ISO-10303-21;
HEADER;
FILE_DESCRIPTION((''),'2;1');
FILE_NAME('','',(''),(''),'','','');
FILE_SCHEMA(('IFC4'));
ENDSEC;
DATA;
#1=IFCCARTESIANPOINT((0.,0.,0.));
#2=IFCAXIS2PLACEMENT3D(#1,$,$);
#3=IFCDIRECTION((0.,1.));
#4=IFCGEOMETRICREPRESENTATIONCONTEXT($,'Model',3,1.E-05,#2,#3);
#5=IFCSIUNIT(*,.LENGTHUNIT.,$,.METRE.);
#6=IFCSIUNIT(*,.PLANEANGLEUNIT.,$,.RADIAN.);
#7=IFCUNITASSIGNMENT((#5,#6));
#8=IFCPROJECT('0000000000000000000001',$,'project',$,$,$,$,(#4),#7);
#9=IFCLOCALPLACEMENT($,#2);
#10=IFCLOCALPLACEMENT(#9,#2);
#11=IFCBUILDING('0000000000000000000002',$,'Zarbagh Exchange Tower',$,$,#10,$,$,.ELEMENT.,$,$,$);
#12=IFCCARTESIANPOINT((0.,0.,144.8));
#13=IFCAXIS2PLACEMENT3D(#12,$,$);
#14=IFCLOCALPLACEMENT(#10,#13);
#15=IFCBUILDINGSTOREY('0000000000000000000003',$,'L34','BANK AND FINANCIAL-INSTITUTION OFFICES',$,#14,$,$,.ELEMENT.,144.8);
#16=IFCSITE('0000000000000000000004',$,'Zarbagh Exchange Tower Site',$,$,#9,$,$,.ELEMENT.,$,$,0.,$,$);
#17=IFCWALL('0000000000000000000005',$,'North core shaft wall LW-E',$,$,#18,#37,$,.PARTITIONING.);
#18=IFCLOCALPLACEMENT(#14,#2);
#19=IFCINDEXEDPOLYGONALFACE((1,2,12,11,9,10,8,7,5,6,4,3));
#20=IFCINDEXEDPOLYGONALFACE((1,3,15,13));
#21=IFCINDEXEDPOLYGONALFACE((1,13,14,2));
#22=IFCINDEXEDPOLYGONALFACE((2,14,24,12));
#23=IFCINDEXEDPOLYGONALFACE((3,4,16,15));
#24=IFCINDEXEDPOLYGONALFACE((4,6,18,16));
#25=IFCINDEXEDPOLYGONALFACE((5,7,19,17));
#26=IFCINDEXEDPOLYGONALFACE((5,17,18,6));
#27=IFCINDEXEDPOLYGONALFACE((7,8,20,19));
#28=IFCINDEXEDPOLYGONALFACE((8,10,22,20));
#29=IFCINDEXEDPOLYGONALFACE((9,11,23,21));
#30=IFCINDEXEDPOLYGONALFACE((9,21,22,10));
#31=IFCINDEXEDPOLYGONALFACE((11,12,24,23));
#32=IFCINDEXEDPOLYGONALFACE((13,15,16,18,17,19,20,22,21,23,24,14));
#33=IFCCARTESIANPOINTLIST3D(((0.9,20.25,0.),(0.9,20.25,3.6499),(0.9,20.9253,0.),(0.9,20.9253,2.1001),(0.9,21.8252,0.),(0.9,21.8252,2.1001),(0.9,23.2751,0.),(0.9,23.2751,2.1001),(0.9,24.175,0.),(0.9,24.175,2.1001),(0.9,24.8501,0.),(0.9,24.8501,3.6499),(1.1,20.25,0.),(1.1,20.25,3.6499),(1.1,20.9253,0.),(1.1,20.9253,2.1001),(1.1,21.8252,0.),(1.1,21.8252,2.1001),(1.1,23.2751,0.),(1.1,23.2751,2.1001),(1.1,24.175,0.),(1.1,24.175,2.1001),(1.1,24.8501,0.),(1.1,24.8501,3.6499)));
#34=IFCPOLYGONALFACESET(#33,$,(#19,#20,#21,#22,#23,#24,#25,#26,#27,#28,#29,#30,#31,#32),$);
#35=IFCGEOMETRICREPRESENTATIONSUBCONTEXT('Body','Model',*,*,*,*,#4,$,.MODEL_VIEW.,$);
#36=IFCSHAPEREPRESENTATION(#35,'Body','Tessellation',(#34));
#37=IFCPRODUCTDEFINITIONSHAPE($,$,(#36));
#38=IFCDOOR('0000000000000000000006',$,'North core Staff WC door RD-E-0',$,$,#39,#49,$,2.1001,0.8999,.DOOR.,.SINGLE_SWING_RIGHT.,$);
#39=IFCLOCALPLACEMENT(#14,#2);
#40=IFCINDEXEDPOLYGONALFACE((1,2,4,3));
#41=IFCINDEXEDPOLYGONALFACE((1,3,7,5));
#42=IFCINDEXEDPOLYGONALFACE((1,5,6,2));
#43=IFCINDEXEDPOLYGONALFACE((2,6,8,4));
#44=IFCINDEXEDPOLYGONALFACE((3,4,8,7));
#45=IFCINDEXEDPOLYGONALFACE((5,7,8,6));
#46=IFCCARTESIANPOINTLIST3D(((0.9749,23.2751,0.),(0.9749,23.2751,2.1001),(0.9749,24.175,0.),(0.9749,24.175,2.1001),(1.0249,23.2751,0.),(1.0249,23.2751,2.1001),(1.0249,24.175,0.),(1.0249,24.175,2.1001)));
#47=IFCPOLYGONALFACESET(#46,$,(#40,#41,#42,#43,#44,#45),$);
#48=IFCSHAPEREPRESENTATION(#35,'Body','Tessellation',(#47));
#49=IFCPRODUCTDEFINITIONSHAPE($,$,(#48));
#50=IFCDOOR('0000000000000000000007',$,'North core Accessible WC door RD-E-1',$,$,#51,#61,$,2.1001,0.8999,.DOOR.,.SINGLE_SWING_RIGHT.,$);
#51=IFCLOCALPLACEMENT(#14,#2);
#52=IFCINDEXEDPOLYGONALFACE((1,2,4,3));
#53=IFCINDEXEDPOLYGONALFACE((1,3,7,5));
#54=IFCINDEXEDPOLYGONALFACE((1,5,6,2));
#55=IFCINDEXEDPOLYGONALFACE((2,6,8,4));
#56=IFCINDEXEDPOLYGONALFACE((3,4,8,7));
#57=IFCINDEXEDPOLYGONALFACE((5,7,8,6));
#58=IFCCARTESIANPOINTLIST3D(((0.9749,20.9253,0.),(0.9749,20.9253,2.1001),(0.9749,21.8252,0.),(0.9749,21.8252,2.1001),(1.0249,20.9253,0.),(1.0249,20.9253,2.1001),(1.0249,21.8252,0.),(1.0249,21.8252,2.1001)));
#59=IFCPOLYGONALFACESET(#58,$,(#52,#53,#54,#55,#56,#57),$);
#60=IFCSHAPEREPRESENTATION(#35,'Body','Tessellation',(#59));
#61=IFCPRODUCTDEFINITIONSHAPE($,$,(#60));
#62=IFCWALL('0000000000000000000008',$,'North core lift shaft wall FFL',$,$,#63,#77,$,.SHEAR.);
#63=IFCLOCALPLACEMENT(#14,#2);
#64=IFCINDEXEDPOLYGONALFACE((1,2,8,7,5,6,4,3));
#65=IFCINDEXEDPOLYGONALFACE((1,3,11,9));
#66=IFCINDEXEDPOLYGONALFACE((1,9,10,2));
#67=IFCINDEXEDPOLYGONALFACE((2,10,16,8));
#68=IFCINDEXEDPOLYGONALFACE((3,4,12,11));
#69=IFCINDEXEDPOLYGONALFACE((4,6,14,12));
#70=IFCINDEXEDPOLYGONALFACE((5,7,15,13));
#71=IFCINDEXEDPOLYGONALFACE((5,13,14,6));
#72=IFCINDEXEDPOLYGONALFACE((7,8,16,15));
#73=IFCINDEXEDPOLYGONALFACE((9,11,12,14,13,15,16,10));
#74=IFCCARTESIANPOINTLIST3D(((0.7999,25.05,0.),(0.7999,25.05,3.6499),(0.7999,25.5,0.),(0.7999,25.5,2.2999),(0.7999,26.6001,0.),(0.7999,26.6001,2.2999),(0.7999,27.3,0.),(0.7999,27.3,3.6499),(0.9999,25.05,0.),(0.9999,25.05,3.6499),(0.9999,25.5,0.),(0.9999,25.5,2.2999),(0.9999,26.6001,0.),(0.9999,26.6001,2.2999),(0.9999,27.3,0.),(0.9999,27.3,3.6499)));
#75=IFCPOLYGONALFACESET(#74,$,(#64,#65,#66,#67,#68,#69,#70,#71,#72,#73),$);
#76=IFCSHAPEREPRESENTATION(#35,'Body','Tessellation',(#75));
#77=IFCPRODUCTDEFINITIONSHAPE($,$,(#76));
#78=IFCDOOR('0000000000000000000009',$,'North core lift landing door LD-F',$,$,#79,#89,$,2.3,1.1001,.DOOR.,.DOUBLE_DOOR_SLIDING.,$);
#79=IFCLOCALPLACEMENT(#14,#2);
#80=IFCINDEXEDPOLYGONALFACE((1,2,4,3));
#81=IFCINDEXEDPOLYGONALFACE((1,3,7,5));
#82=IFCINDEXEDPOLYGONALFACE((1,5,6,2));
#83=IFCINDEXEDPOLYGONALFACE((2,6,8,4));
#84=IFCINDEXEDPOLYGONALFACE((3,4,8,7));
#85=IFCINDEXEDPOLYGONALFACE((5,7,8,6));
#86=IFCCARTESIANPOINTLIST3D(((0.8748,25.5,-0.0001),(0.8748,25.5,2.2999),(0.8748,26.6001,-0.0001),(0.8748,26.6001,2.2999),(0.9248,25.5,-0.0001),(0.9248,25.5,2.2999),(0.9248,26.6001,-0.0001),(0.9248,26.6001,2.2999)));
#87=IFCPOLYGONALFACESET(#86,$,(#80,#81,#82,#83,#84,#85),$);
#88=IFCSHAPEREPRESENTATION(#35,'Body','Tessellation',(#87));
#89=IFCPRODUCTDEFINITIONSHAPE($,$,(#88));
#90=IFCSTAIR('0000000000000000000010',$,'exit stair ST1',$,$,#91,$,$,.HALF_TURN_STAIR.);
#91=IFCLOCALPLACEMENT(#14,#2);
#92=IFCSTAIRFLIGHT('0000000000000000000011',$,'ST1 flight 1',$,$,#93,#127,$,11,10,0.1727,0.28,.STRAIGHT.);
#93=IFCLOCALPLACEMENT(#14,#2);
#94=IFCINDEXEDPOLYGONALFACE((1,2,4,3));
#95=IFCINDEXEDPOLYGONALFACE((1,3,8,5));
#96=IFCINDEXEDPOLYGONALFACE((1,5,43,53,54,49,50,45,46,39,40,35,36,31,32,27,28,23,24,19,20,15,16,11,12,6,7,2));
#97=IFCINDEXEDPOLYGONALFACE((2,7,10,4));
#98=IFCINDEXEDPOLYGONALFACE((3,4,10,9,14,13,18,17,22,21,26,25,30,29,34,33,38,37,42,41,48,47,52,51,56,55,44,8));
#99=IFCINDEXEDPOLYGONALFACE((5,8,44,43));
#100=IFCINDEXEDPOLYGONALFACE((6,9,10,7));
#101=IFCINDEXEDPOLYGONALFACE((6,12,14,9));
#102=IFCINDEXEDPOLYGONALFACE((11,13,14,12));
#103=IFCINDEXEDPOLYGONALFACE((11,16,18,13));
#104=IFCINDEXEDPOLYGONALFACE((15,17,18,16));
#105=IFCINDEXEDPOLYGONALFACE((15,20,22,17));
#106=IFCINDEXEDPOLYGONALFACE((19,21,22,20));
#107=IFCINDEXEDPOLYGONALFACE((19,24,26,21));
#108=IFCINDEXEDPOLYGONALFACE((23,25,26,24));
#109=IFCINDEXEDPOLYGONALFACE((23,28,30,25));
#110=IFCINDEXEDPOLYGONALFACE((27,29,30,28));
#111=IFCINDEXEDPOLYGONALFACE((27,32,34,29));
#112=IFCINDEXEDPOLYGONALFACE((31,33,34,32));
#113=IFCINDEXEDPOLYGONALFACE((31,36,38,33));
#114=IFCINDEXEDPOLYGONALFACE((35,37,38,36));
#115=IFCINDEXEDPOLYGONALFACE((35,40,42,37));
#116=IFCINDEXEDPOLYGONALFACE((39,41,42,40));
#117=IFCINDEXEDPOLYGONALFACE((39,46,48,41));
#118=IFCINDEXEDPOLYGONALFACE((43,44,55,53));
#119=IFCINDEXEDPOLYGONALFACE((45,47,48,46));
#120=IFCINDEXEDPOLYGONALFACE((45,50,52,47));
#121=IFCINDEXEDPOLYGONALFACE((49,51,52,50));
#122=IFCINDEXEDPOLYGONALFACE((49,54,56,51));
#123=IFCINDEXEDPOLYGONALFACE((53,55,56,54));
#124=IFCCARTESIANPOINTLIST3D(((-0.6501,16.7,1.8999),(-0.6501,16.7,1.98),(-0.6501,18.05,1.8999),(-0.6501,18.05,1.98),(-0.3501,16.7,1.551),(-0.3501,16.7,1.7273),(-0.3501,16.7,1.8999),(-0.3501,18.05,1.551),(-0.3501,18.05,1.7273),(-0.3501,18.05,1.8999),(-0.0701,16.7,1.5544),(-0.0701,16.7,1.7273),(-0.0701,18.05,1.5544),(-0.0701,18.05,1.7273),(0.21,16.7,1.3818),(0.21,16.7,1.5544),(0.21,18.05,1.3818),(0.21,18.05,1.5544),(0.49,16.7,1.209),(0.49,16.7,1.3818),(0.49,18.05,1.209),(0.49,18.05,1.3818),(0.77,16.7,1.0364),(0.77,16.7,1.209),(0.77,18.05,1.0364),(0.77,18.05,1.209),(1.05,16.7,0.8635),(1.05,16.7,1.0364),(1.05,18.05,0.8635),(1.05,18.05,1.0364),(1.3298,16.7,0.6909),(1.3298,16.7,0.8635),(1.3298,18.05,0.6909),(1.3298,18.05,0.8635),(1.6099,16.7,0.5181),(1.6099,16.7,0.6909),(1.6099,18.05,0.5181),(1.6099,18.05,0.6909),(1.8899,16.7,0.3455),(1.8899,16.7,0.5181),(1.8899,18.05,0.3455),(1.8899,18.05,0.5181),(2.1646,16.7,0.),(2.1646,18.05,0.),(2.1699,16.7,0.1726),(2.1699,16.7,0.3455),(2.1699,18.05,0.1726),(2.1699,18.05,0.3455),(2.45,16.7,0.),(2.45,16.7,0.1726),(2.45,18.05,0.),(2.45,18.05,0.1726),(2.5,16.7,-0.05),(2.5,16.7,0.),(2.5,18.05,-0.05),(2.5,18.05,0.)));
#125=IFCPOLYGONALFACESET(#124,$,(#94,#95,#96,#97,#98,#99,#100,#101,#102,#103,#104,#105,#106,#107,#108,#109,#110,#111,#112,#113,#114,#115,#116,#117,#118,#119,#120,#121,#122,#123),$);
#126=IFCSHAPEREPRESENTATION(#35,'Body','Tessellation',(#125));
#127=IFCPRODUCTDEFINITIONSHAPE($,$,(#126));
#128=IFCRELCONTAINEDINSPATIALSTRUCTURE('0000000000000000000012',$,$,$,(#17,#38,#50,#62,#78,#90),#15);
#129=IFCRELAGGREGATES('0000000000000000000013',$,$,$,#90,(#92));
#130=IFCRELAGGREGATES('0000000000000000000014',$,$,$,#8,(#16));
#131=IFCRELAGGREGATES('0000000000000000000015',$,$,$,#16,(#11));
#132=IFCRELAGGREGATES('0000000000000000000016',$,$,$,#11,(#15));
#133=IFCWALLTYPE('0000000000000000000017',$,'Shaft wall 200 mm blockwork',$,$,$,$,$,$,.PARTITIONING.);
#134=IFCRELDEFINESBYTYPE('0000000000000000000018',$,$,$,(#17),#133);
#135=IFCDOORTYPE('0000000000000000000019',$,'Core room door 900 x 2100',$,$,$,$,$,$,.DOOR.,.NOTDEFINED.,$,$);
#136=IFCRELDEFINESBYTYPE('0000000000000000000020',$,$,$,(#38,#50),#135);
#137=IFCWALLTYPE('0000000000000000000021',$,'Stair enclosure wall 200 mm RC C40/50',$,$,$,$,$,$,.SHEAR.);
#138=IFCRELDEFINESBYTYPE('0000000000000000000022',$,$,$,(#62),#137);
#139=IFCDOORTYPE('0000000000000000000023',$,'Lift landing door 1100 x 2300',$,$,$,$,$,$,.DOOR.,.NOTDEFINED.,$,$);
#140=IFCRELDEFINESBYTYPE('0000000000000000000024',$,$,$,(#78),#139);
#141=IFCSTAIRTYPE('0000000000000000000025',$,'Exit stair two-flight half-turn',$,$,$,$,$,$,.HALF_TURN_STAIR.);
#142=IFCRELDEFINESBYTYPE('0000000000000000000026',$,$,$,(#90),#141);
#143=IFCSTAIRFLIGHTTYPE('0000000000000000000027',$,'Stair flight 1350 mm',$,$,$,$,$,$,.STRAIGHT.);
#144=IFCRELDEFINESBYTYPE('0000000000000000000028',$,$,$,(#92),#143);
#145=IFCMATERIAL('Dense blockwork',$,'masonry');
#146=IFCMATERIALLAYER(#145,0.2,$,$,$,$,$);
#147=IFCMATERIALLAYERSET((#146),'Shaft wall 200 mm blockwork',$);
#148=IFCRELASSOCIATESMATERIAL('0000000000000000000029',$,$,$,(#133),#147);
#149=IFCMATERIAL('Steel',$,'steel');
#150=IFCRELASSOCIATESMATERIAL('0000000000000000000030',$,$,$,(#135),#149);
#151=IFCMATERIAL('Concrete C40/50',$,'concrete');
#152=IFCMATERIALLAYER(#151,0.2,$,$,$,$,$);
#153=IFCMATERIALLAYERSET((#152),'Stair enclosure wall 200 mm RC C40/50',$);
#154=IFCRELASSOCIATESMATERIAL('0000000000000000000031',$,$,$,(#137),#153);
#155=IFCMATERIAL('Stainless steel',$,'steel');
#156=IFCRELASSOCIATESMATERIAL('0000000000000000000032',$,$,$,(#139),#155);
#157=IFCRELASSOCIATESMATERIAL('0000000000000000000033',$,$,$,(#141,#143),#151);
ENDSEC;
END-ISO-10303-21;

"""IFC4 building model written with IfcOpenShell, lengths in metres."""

from ifc_helpers import new_model, si_unit, direction, frame, frame_2d, origin, place, context, subcontext, project, spatial, polyline, rectangle, outline, extrude, material, layer, layer_set, type_object, element, fill, aggregate, save


model = new_model("IFC4")

# Units and contexts
model_context = context("Model", 3, precision=1e-05, world=origin(), true_north=direction((0.0, 1.0)))
body_context = subcontext(model_context, "Body", "Model", "MODEL_VIEW")
ifc_project = project(units=[si_unit("LENGTHUNIT", "METRE"), si_unit("PLANEANGLEUNIT", "RADIAN")], contexts=[model_context])

# Site, building, storey
site_placement = place(None, origin())
site = spatial("IfcSite", under=ifc_project, at=site_placement, Name="Zarbagh Exchange Tower Site", CompositionType="ELEMENT", RefElevation=0.0)
building_placement = place(site_placement, origin())
building = spatial("IfcBuilding", under=site, at=building_placement, Name="Zarbagh Exchange Tower", CompositionType="ELEMENT")
storey_placement = place(building_placement, frame((0.0, 0.0, 144.8)))
storey = spatial("IfcBuildingStorey", under=building, at=storey_placement, Name="L34", Description="BANK AND FINANCIAL-INSTITUTION OFFICES", CompositionType="ELEMENT", Elevation=144.8)

# Shared definitions
ifc_material_1 = material(Name="Dense blockwork", Category="masonry")

# Shared definitions
ifc_material_2 = material(Name="Steel", Category="steel")

# Shared definitions
ifc_layer_1 = layer(ifc_material_1, 0.2)
ifc_layer_set_1 = layer_set([ifc_layer_1], Name="Shaft wall 200 mm blockwork")
wall_type_1 = type_object("IfcWallType", Name="Shaft wall 200 mm blockwork", PredefinedType="PARTITIONING", material=ifc_layer_set_1)

# Wall, openings, doors
wall_1_placement = place(storey_placement, frame((1.0, 24.8501, 0.0), z_axis=(0.0, 0.0, 1.0), x_axis=(0.0, -1.0, 0.0)))
wall_1 = element("IfcWall", 1, at=wall_1_placement, inside=storey, type_object=wall_type_1, Name="North core shaft wall LW-E", PredefinedType="PARTITIONING", context=body_context, shape_type="SweptSolid", body=[
    extrude(rectangle(XDim=4.6001, YDim=0.2, at=frame_2d((2.3, 0.0))), origin(), (0.0, 0.0, 1.0), 3.6499),
])
opening_1_placement = place(wall_1_placement, frame((0.675, 0.0, 0.0)))
opening_1 = element("IfcOpeningElement", 2, at=opening_1_placement, cuts=wall_1, PredefinedType="OPENING", context=body_context, shape_type="SweptSolid", body=[
    extrude(rectangle(XDim=0.8999, YDim=2.1001, at=frame_2d((0.45, 1.05))), frame((0.0, 0.1099, 0.0), z_axis=(0.0, -1.0, 0.0), x_axis=(1.0, 0.0, 0.0)), (0.0, 0.0, 1.0), 0.22),
])
opening_2_placement = place(wall_1_placement, frame((3.0249, 0.0, 0.0)))
opening_2 = element("IfcOpeningElement", 3, at=opening_2_placement, cuts=wall_1, PredefinedType="OPENING", context=body_context, shape_type="SweptSolid", body=[
    extrude(rectangle(XDim=0.8999, YDim=2.1001, at=frame_2d((0.45, 1.05))), frame((0.0, 0.1099, 0.0), z_axis=(0.0, -1.0, 0.0), x_axis=(1.0, 0.0, 0.0)), (0.0, 0.0, 1.0), 0.22),
])
door_type_1 = type_object("IfcDoorType", Name="Core room door 900 x 2100", OperationType="NOTDEFINED", PredefinedType="DOOR", material=ifc_material_2)
door_1_placement = place(opening_1_placement, origin())
door_1 = element("IfcDoor", 4, at=door_1_placement, inside=storey, type_object=door_type_1, Name="North core Staff WC door RD-E-0", OperationType="SINGLE_SWING_RIGHT", OverallHeight=2.1001, OverallWidth=0.8999, PredefinedType="DOOR", context=body_context, shape_type="SweptSolid", body=[
    extrude(rectangle(XDim=0.8999, YDim=2.1001, at=frame_2d((0.45, 1.05))), frame((0.0, 0.0249, 0.0), z_axis=(0.0, -1.0, 0.0), x_axis=(1.0, 0.0, 0.0)), (0.0, 0.0, 1.0), 0.05),
])
fill(opening_1, door_1)
door_2_placement = place(opening_2_placement, origin())
door_2 = element("IfcDoor", 5, at=door_2_placement, inside=storey, type_object=door_type_1, Name="North core Accessible WC door RD-E-1", OperationType="SINGLE_SWING_RIGHT", OverallHeight=2.1001, OverallWidth=0.8999, PredefinedType="DOOR", context=body_context, shape_type="SweptSolid", body=[
    extrude(rectangle(XDim=0.8999, YDim=2.1001, at=frame_2d((0.45, 1.05))), frame((0.0, 0.0249, 0.0), z_axis=(0.0, -1.0, 0.0), x_axis=(1.0, 0.0, 0.0)), (0.0, 0.0, 1.0), 0.05),
])
fill(opening_2, door_2)

# Wall, opening, door
ifc_material_3 = material(Name="Concrete C40/50", Category="concrete")
ifc_layer_2 = layer(ifc_material_3, 0.2)
ifc_layer_set_2 = layer_set([ifc_layer_2], Name="Stair enclosure wall 200 mm RC C40/50")
wall_type_2 = type_object("IfcWallType", Name="Stair enclosure wall 200 mm RC C40/50", PredefinedType="SHEAR", material=ifc_layer_set_2)
wall_2_placement = place(storey_placement, frame((0.8999, 27.3, 0.0), z_axis=(0.0, 0.0, 1.0), x_axis=(0.0, -1.0, 0.0)))
wall_2 = element("IfcWall", 6, at=wall_2_placement, inside=storey, type_object=wall_type_2, Name="North core lift shaft wall FFL", PredefinedType="SHEAR", context=body_context, shape_type="SweptSolid", body=[
    extrude(rectangle(XDim=2.25, YDim=0.2, at=frame_2d((1.125, 0.0))), origin(), (0.0, 0.0, 1.0), 3.6499),
])
opening_3_placement = place(wall_2_placement, frame((0.7, 0.0, 0.0)))
opening_3 = element("IfcOpeningElement", 7, at=opening_3_placement, cuts=wall_2, PredefinedType="OPENING", context=body_context, shape_type="SweptSolid", body=[
    extrude(rectangle(XDim=1.1001, YDim=2.3, at=frame_2d((0.55, 1.1499))), frame((0.0, 0.1099, 0.0), z_axis=(0.0, -1.0, 0.0), x_axis=(1.0, 0.0, 0.0)), (0.0, 0.0, 1.0), 0.22),
])
ifc_material_4 = material(Name="Stainless steel", Category="steel")
door_type_2 = type_object("IfcDoorType", Name="Lift landing door 1100 x 2300", OperationType="NOTDEFINED", PredefinedType="DOOR", material=ifc_material_4)
door_3_placement = place(opening_3_placement, origin())
door_3 = element("IfcDoor", 8, at=door_3_placement, inside=storey, type_object=door_type_2, Name="North core lift landing door LD-F", OperationType="DOUBLE_DOOR_SLIDING", OverallHeight=2.3, OverallWidth=1.1001, PredefinedType="DOOR", context=body_context, shape_type="SweptSolid", body=[
    extrude(rectangle(XDim=1.1001, YDim=2.3, at=frame_2d((0.55, 1.1499))), frame((0.0, 0.0249, 0.0), z_axis=(0.0, -1.0, 0.0), x_axis=(1.0, 0.0, 0.0)), (0.0, 0.0, 1.0), 0.05),
])
fill(opening_3, door_3)

# Stair, stair flight
stair_type = type_object("IfcStairType", Name="Exit stair two-flight half-turn", PredefinedType="HALF_TURN_STAIR", material=ifc_material_3)
stair_placement = place(storey_placement, origin())
stair = element("IfcStair", 9, at=stair_placement, inside=storey, type_object=stair_type, Name="exit stair ST1", PredefinedType="HALF_TURN_STAIR")
stair_flight_type = type_object("IfcStairFlightType", Name="Stair flight 1350 mm", PredefinedType="STRAIGHT", material=ifc_material_3)
stair_flight_placement = place(storey_placement, frame((2.45, 17.375, 0.0), z_axis=(0.0, 0.0, 1.0), x_axis=(-1.0, 0.0, 0.0)))
stair_flight = element("IfcStairFlight", 10, at=stair_flight_placement, type_object=stair_flight_type, Name="ST1 flight 1", NumberOfRisers=11, NumberOfTreads=10, PredefinedType="STRAIGHT", RiserHeight=0.1727, TreadLength=0.28, context=body_context, shape_type="SweptSolid", body=[
    extrude(outline(polyline([(-0.05, -0.05), (-0.05, 0.0), (0.0, 0.0), (0.0, 0.1726), (0.28, 0.1726), (0.28, 0.3455), (0.5601, 0.3455), (0.5601, 0.5181), (0.8401, 0.5181), (0.8401, 0.6909), (1.1201, 0.6909), (1.1201, 0.8635), (1.3999, 0.8635), (1.3999, 1.0364), (1.6799, 1.0364), (1.6799, 1.209), (1.96, 1.209), (1.96, 1.3818), (2.24, 1.3818), (2.24, 1.5544), (2.52, 1.5544), (2.52, 1.7273), (2.8, 1.7273), (2.8, 1.8999), (3.1001, 1.98), (3.1001, 1.8999), (2.8, 1.551), (0.2854, 0.0), (-0.05, -0.05)])), frame((0.0, 0.675, 0.0), z_axis=(0.0, -1.0, 0.0), x_axis=(1.0, 0.0, 0.0)), (0.0, 0.0, 1.0), 1.3501),
])
aggregate(stair, [stair_flight])

save(model, "model.ifc")
